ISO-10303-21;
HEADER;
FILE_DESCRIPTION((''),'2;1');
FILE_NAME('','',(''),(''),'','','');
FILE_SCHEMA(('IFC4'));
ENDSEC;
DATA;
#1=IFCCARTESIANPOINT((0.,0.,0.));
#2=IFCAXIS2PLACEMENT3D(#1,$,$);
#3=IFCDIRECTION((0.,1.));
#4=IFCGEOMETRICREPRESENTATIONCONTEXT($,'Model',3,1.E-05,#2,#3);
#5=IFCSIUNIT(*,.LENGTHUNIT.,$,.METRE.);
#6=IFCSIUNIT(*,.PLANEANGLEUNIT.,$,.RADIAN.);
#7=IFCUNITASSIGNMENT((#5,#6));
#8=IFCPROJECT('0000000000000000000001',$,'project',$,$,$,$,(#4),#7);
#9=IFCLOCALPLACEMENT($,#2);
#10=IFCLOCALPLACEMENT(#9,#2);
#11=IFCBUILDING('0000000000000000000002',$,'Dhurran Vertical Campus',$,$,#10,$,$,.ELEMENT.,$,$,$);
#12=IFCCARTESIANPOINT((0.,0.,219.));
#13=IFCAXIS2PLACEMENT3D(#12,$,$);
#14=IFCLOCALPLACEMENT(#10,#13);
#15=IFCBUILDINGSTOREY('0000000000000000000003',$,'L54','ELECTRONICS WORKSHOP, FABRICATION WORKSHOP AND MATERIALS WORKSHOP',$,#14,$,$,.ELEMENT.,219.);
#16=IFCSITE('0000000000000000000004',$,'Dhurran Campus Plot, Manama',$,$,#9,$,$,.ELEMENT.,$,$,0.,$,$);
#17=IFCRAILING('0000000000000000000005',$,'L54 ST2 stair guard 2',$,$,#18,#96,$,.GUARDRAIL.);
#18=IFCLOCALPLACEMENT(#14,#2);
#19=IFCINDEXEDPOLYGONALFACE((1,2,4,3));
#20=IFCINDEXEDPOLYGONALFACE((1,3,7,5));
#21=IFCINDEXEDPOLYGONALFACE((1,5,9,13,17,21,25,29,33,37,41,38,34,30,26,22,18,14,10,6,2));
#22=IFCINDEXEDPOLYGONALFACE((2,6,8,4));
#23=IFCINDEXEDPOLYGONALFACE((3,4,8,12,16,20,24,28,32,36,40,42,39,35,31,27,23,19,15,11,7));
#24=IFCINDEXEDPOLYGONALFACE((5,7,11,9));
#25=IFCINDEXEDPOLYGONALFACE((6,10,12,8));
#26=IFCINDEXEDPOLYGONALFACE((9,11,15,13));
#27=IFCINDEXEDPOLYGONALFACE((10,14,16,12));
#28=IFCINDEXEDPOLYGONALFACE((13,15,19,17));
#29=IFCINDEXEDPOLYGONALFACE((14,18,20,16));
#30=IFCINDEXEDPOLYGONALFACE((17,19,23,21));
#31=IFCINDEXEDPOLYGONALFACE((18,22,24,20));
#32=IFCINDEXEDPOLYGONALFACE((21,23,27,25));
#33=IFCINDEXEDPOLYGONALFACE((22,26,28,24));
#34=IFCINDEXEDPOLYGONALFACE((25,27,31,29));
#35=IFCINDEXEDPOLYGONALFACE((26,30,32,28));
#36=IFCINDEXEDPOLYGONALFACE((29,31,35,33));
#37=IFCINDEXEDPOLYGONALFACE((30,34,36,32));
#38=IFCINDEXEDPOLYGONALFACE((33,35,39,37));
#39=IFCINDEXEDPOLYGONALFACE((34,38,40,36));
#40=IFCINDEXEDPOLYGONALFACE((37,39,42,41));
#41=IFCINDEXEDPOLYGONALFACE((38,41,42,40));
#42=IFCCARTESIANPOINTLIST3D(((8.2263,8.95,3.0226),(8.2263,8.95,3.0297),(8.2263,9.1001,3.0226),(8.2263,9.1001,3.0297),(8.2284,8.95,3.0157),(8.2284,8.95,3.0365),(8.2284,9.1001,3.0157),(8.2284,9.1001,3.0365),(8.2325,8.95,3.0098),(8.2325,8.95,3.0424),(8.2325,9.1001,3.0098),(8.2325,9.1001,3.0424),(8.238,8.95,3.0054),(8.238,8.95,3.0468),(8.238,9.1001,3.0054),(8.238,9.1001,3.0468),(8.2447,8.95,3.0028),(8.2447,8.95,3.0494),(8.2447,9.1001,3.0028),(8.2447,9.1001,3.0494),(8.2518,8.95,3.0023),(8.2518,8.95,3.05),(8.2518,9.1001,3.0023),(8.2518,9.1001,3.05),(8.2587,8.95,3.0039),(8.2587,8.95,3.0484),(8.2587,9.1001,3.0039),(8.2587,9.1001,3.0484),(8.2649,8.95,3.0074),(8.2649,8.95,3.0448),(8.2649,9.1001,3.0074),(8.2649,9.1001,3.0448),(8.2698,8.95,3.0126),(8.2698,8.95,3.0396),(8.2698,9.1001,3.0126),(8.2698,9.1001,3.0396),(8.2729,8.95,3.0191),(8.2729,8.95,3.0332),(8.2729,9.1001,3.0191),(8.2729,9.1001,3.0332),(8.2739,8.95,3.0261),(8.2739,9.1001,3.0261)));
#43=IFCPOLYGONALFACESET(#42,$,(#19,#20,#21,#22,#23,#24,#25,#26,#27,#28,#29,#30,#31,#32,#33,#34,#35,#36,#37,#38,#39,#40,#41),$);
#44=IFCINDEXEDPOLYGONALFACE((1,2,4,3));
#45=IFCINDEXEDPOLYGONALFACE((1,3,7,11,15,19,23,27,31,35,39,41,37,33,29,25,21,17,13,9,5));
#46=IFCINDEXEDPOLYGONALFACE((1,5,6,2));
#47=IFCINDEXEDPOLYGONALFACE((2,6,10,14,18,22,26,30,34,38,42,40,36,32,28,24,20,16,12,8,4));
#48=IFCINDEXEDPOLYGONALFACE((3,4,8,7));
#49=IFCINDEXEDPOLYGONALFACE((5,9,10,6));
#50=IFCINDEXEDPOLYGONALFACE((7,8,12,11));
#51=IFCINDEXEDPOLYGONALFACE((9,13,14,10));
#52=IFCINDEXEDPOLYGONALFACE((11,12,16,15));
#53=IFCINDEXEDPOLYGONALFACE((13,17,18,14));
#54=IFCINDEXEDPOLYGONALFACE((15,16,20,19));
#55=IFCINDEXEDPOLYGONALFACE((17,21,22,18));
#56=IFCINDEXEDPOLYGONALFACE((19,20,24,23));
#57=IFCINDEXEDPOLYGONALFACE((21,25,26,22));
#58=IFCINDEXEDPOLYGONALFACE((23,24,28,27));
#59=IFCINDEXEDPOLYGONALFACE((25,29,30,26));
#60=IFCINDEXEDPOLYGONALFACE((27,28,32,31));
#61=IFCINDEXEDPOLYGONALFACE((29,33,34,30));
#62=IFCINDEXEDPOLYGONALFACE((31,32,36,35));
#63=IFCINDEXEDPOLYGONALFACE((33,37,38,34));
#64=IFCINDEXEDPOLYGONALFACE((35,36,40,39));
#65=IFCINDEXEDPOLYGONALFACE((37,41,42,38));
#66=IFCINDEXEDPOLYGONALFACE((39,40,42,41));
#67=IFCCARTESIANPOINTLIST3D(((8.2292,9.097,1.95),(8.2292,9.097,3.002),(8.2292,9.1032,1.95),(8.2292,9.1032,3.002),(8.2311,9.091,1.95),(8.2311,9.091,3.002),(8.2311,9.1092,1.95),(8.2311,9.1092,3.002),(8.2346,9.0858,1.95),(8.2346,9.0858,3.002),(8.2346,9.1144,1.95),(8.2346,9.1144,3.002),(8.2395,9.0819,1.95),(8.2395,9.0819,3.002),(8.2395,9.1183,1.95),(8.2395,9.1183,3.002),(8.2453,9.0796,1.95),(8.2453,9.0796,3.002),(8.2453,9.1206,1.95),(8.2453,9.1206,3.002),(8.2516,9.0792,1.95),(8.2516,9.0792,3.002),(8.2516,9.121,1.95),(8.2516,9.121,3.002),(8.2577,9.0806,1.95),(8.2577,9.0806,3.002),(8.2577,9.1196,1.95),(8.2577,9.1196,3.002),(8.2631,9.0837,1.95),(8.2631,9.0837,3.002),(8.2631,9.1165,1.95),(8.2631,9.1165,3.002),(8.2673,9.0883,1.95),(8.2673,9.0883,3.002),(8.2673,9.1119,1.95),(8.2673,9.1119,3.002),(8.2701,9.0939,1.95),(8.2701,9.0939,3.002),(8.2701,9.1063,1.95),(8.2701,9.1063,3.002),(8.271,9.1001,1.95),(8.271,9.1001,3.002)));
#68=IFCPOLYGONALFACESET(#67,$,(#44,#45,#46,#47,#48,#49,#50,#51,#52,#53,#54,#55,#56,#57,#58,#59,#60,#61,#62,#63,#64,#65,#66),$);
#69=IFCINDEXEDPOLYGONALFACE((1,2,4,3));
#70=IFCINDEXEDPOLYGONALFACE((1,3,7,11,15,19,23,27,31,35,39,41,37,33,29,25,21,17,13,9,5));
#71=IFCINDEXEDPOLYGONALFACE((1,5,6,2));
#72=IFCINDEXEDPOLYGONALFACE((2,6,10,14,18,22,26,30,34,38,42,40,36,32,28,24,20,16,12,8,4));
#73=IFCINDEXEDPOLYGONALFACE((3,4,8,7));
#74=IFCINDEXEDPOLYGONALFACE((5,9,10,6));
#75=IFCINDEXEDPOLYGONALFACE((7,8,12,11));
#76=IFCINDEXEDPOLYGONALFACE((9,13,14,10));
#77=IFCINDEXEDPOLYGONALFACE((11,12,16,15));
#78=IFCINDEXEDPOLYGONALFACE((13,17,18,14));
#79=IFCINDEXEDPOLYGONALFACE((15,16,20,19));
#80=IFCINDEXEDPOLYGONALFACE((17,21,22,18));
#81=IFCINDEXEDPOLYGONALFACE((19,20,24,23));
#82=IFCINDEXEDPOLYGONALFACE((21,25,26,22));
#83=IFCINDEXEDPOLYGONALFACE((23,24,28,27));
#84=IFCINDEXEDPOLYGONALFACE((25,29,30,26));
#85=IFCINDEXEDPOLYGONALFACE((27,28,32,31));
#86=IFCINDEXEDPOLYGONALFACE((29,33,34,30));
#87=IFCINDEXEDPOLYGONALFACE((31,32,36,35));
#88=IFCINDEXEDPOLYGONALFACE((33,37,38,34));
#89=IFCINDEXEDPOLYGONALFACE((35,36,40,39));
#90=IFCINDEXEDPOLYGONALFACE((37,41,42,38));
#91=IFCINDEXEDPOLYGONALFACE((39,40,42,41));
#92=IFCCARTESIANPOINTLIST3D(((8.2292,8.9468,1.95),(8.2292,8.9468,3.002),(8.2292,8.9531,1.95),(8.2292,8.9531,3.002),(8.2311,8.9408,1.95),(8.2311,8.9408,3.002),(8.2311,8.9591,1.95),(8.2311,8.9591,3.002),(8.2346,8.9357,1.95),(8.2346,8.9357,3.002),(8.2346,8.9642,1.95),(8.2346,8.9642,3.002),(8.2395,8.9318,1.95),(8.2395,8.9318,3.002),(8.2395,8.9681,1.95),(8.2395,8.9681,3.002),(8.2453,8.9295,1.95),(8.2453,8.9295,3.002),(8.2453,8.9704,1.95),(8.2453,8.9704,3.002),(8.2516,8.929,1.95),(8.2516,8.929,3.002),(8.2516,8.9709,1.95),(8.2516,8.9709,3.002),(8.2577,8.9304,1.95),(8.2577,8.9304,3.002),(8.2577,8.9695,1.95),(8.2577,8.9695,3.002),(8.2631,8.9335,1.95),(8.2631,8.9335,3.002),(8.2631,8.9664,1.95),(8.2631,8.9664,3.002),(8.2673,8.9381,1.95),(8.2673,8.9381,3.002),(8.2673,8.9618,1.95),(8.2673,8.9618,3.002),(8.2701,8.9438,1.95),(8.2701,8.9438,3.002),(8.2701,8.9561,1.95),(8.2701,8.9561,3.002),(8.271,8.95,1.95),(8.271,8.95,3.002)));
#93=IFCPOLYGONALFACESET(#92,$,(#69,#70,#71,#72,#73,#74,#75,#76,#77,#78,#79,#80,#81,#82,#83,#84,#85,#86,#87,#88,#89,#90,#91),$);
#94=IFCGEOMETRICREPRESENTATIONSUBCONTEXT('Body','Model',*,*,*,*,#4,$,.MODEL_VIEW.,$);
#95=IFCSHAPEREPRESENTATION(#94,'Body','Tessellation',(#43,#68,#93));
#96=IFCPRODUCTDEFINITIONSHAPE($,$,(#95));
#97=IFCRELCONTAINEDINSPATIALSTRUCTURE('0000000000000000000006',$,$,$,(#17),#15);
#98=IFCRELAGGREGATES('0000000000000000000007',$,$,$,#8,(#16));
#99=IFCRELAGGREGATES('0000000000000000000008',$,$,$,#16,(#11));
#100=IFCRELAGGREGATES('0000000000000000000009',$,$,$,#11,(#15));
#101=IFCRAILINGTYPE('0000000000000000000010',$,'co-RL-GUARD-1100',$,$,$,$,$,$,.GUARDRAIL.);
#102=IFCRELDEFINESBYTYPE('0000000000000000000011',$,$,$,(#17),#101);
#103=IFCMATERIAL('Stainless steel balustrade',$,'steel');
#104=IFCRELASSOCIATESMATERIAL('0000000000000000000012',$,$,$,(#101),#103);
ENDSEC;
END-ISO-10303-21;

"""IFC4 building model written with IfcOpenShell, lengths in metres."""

from ifc_helpers import new_model, si_unit, direction, frame, origin, origin_2d, place, context, subcontext, project, spatial, circle, extrude, material, type_object, element, save


model = new_model("IFC4")

# Units and contexts
model_context = context("Model", 3, precision=1e-05, world=origin(), true_north=direction((0.0, 1.0)))
body_context = subcontext(model_context, "Body", "Model", "MODEL_VIEW")
ifc_project = project(units=[si_unit("LENGTHUNIT", "METRE"), si_unit("PLANEANGLEUNIT", "RADIAN")], contexts=[model_context])

# Site, building, storey
site_placement = place(None, origin())
site = spatial("IfcSite", under=ifc_project, at=site_placement, Name="Dhurran Campus Plot, Manama", CompositionType="ELEMENT", RefElevation=0.0)
building_placement = place(site_placement, origin())
building = spatial("IfcBuilding", under=site, at=building_placement, Name="Dhurran Vertical Campus", CompositionType="ELEMENT")
storey_placement = place(building_placement, frame((0.0, 0.0, 219.0)))
storey = spatial("IfcBuildingStorey", under=building, at=storey_placement, Name="L54", Description="ELECTRONICS WORKSHOP, FABRICATION WORKSHOP AND MATERIALS WORKSHOP", CompositionType="ELEMENT", Elevation=219.0)

# Railing
ifc_material_1 = material(Name="Stainless steel balustrade", Category="steel")
railing_type_1 = type_object("IfcRailingType", Name="co-RL-GUARD-1100", PredefinedType="GUARDRAIL", material=ifc_material_1)
railing_1_placement = place(storey_placement, frame((8.25, 9.1001, 1.95)))
element("IfcRailing", 1, at=railing_1_placement, inside=storey, type_object=railing_type_1, Name="L54 ST2 stair guard 2", PredefinedType="GUARDRAIL", context=body_context, shape_type="SweptSolid", body=[
    extrude(circle(Radius=0.0239, at=origin_2d()), frame((0.0, 0.0, 1.0762), z_axis=(0.0, -1.0, 0.0), x_axis=(1.0, 0.0, 0.0)), (0.0, 0.0, 1.0), 0.1501),
    extrude(circle(Radius=0.021, at=origin_2d()), origin(), (0.0, 0.0, 1.0), 1.052),
    extrude(circle(Radius=0.021, at=origin_2d()), frame((0.0, -0.1501, 0.0)), (0.0, 0.0, 1.0), 1.052),
])

save(model, "model.ifc")
